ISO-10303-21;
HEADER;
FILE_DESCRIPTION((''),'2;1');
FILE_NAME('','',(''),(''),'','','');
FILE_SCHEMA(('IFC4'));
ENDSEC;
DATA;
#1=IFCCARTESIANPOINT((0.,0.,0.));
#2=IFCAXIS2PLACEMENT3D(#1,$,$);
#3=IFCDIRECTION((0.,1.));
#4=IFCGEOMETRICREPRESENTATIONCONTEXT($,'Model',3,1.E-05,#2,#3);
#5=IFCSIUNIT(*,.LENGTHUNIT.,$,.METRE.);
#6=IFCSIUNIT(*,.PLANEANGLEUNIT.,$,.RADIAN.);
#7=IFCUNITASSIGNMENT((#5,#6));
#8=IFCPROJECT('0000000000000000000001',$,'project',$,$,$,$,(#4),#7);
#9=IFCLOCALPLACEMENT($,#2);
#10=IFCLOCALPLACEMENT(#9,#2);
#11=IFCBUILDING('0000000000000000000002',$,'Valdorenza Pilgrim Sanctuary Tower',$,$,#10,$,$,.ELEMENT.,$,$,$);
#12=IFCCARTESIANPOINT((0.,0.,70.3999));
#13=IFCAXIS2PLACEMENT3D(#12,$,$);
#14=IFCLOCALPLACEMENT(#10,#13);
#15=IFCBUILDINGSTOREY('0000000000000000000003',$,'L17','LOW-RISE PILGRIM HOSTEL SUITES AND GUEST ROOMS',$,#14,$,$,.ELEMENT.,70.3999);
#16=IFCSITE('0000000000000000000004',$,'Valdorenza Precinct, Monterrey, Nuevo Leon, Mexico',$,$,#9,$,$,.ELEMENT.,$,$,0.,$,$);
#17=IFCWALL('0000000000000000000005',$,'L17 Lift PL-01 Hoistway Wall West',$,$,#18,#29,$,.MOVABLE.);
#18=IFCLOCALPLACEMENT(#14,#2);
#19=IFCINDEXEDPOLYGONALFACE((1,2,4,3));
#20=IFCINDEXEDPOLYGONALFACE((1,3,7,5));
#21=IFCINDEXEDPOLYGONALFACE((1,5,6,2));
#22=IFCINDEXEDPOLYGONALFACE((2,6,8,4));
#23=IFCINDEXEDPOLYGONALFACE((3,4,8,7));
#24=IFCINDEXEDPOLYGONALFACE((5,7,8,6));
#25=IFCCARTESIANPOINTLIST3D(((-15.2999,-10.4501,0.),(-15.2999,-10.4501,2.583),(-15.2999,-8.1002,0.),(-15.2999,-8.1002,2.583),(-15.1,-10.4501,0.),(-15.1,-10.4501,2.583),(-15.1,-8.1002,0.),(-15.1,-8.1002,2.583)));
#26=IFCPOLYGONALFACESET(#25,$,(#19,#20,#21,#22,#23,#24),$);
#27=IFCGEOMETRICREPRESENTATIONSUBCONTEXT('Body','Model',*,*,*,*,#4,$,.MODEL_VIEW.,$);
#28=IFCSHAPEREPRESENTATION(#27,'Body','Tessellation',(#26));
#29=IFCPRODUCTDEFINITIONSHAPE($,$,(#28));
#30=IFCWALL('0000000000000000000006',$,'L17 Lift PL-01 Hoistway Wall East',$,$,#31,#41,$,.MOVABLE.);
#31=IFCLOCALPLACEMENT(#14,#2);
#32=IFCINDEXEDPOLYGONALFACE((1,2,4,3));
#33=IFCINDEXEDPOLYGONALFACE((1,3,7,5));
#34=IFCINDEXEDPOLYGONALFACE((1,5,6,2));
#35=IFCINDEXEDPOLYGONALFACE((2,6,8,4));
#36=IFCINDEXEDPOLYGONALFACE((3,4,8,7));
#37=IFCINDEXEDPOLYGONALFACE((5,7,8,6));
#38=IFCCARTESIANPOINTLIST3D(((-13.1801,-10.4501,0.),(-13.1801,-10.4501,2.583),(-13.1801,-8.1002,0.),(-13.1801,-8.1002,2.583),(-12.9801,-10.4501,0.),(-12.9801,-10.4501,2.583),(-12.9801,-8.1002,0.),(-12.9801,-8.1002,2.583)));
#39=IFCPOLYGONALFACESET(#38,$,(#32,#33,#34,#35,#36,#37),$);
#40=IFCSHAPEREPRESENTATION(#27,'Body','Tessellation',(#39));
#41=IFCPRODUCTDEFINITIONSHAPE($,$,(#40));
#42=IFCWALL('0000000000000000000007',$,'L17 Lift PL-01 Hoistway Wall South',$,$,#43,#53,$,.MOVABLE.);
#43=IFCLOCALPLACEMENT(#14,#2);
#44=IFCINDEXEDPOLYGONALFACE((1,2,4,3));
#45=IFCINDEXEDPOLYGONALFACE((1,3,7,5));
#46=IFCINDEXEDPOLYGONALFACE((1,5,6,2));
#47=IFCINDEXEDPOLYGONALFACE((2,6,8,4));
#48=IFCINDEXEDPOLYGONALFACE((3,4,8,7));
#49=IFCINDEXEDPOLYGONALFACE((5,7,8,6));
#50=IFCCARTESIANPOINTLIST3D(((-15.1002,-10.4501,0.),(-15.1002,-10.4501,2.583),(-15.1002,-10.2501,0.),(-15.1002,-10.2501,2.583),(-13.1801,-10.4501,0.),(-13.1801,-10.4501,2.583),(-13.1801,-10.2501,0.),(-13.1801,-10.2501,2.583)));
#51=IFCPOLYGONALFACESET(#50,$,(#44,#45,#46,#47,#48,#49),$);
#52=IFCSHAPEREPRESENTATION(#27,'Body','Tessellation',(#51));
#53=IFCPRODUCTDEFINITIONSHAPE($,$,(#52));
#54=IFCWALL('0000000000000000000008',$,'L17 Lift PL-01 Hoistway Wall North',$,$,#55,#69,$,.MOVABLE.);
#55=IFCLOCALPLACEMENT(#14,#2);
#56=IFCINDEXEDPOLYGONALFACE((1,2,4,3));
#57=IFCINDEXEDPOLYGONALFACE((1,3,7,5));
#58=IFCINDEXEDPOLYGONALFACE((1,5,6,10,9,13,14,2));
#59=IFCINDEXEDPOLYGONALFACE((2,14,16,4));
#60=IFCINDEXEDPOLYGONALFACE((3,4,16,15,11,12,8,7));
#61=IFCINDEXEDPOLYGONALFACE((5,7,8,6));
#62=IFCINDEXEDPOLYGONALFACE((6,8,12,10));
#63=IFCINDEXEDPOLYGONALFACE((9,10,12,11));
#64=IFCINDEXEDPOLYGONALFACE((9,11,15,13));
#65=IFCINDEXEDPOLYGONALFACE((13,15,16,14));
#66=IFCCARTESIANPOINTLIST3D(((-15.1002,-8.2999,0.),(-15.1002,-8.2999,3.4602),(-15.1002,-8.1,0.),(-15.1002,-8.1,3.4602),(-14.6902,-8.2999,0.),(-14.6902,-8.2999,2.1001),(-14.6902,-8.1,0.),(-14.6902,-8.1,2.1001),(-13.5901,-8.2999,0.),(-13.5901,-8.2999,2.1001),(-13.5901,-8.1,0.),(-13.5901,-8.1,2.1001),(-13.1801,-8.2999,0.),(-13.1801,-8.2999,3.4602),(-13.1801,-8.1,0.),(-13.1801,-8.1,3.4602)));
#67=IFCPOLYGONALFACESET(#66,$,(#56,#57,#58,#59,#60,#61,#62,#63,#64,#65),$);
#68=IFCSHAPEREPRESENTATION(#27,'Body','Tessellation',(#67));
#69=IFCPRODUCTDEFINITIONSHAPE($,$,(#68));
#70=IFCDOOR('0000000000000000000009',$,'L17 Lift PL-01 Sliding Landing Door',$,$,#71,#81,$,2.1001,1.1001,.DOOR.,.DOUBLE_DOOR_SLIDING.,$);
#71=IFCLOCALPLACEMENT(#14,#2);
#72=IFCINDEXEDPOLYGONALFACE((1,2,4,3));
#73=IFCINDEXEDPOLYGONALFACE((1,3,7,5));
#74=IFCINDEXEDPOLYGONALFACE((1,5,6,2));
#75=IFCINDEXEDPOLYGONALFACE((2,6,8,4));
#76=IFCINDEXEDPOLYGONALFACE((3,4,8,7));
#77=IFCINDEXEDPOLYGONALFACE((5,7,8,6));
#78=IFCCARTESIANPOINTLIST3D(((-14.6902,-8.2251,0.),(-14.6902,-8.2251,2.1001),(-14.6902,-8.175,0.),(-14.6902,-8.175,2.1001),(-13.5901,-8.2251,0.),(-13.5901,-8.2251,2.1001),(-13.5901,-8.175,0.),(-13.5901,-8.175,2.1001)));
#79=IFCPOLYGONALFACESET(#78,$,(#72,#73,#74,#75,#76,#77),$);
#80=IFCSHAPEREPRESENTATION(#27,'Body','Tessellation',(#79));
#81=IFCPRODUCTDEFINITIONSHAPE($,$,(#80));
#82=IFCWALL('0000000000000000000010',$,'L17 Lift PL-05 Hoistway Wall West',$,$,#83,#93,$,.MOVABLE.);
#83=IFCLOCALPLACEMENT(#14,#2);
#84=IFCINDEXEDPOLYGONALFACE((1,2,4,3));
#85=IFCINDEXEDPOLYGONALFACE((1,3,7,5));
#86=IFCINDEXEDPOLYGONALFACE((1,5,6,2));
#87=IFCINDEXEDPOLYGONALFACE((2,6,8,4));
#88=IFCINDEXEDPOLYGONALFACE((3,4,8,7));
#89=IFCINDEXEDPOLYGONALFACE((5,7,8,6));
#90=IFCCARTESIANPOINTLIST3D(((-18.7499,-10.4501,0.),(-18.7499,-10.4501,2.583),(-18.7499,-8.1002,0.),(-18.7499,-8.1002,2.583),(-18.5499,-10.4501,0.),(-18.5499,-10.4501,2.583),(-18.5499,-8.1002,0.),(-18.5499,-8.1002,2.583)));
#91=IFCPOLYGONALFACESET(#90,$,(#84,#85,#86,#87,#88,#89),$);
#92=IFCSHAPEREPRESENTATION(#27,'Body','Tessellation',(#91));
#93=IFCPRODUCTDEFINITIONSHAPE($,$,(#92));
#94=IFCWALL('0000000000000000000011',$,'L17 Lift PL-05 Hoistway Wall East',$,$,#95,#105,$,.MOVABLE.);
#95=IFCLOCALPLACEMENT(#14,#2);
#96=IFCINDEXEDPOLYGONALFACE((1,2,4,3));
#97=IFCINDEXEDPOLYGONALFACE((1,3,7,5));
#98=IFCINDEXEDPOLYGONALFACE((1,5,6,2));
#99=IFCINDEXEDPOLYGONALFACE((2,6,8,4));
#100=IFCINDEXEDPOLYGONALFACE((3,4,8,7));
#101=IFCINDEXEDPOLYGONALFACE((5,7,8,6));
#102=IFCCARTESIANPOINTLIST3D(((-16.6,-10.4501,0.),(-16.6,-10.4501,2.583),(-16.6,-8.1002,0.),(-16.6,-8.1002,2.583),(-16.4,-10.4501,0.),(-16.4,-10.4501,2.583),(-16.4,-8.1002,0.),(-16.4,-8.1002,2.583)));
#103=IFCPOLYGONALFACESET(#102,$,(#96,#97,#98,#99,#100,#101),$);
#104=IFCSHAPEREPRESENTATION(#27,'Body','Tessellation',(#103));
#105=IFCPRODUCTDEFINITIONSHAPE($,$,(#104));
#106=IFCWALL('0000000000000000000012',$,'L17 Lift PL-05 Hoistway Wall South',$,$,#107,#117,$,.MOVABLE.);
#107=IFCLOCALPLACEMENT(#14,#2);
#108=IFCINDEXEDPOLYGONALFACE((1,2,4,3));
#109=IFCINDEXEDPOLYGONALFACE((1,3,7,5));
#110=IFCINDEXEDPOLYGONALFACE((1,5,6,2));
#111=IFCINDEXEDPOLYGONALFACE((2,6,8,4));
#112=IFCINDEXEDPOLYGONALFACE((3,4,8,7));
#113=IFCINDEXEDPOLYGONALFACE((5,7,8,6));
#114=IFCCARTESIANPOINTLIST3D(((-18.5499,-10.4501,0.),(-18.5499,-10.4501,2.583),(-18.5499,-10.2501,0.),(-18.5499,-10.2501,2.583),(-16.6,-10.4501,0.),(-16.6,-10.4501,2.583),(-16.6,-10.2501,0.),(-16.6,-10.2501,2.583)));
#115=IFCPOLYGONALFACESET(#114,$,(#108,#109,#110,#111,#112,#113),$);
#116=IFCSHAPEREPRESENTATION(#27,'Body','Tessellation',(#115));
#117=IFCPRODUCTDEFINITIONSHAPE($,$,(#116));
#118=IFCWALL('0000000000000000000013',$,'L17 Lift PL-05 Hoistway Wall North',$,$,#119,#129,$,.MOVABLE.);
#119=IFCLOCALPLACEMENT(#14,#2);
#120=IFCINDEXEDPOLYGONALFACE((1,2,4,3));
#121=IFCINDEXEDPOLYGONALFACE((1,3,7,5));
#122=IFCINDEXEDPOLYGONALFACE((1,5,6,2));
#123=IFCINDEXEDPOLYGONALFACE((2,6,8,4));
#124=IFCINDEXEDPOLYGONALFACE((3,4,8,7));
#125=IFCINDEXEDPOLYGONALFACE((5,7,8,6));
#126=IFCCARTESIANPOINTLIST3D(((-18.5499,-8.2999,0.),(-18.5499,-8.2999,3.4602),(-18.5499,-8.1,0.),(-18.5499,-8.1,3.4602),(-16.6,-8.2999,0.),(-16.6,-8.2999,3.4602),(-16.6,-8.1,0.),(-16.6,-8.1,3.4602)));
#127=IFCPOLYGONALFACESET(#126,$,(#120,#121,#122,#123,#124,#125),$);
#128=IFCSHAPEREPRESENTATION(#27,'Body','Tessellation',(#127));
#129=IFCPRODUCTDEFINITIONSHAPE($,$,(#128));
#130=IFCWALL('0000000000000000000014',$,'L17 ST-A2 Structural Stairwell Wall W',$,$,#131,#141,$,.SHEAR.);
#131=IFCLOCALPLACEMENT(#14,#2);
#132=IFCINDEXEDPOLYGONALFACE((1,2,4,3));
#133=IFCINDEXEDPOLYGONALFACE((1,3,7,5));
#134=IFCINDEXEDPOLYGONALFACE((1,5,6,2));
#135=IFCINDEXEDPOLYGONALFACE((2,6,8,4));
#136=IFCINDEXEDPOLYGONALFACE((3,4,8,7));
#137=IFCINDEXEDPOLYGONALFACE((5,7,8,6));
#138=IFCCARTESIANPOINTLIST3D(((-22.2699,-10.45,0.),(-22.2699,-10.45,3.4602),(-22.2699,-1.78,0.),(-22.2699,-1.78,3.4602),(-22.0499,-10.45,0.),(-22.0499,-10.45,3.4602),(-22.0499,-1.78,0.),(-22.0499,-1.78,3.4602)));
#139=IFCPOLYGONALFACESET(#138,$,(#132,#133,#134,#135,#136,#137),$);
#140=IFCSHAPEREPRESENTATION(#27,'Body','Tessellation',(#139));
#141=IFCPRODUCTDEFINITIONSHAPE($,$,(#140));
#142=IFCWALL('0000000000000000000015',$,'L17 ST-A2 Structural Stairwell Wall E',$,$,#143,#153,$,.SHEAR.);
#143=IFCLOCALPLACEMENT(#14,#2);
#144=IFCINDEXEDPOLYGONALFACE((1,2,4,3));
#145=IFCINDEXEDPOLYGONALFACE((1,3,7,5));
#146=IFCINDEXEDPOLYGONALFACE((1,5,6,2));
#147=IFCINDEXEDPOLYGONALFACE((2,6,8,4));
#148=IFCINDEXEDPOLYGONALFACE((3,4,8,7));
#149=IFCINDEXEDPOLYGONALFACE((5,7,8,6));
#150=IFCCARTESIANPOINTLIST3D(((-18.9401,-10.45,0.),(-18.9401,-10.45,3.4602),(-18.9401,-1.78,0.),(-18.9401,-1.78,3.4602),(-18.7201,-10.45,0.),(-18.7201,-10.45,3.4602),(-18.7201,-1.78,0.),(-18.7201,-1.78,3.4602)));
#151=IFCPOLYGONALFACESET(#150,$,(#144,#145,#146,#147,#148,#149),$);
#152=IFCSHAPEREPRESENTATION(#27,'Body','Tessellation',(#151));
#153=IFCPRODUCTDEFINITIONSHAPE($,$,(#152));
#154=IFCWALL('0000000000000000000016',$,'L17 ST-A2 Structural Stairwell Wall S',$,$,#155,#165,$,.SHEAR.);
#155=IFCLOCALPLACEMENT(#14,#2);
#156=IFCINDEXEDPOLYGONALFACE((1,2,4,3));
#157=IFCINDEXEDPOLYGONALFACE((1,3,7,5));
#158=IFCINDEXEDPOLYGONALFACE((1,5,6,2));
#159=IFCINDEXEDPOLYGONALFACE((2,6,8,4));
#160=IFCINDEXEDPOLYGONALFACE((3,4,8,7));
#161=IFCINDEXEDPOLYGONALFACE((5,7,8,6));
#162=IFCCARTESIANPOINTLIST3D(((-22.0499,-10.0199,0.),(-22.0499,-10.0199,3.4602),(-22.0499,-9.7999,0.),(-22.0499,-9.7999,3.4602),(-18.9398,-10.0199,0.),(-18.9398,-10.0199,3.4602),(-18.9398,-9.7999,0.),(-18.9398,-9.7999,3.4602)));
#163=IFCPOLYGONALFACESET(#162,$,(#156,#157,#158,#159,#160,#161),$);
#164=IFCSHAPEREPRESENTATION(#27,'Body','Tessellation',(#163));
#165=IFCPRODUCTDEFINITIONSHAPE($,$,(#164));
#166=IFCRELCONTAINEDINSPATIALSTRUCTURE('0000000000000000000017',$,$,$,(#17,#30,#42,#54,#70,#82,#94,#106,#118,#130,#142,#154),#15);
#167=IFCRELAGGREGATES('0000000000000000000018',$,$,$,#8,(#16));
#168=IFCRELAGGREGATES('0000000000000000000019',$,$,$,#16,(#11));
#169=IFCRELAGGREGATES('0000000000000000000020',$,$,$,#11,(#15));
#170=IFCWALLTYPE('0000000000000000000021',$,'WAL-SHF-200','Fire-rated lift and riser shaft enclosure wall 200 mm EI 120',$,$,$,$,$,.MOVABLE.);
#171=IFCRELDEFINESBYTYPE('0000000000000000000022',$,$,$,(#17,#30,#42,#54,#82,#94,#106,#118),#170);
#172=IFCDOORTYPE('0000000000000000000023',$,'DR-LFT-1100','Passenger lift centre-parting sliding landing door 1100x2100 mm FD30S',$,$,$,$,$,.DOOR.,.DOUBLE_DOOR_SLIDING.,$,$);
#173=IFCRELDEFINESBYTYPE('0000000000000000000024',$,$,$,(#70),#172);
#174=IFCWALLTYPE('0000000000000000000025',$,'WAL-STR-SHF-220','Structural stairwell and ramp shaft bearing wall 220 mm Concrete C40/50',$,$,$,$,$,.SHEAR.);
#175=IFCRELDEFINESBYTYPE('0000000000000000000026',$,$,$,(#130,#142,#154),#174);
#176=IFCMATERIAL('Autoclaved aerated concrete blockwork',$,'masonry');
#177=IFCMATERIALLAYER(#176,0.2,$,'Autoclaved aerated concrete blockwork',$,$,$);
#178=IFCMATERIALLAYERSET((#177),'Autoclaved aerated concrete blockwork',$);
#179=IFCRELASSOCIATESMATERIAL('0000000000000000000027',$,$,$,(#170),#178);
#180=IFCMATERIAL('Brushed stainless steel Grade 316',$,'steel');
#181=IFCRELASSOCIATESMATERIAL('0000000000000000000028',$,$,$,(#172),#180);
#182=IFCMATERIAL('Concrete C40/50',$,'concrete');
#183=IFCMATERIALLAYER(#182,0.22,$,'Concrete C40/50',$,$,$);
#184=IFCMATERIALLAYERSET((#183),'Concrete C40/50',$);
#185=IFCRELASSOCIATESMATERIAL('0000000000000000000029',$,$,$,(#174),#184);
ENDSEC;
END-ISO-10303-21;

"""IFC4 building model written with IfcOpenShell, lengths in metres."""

from ifc_helpers import new_model, si_unit, direction, frame, frame_2d, origin, place, context, subcontext, project, spatial, rectangle, extrude, material, layer, layer_set, type_object, element, fill, save


model = new_model("IFC4")

# Units and contexts
model_context = context("Model", 3, precision=1e-05, world=origin(), true_north=direction((0.0, 1.0)))
body_context = subcontext(model_context, "Body", "Model", "MODEL_VIEW")
ifc_project = project(units=[si_unit("LENGTHUNIT", "METRE"), si_unit("PLANEANGLEUNIT", "RADIAN")], contexts=[model_context])

# Site, building, storey
site_placement = place(None, origin())
site = spatial("IfcSite", under=ifc_project, at=site_placement, Name="Valdorenza Precinct, Monterrey, Nuevo Leon, Mexico", CompositionType="ELEMENT", RefElevation=0.0)
building_placement = place(site_placement, origin())
building = spatial("IfcBuilding", under=site, at=building_placement, Name="Valdorenza Pilgrim Sanctuary Tower", CompositionType="ELEMENT")
storey_placement = place(building_placement, frame((0.0, 0.0, 70.3999)))
storey = spatial("IfcBuildingStorey", under=building, at=storey_placement, Name="L17", Description="LOW-RISE PILGRIM HOSTEL SUITES AND GUEST ROOMS", CompositionType="ELEMENT", Elevation=70.3999)

# Walls
ifc_material_1 = material(Name="Autoclaved aerated concrete blockwork", Category="masonry")
ifc_layer_1 = layer(ifc_material_1, 0.2, Name="Autoclaved aerated concrete blockwork")
ifc_layer_set_1 = layer_set([ifc_layer_1], Name="Autoclaved aerated concrete blockwork")
wall_type_1 = type_object("IfcWallType", Name="WAL-SHF-200", Description="Fire-rated lift and riser shaft enclosure wall 200 mm EI 120", PredefinedType="MOVABLE", material=ifc_layer_set_1)
for number, where, z_axis, x_axis, name in (
    (1, (-15.2, -10.45, 0.0), (0.0, 0.0, 1.0), (0.0, 1.0, 0.0), "L17 Lift PL-01 Hoistway Wall West"),
    (2, (-13.0801, -10.45, 0.0), (0.0, 0.0, 1.0), (0.0, 1.0, 0.0), "L17 Lift PL-01 Hoistway Wall East"),
):
    element("IfcWall", number, at=place(storey_placement, frame(where, z_axis=z_axis, x_axis=x_axis)), inside=storey, type_object=wall_type_1, Name=name, PredefinedType="MOVABLE", context=body_context, shape_type="SweptSolid", body=[
        extrude(rectangle(XDim=2.3499, YDim=0.2, at=frame_2d((1.1748, 0.0))), origin(), (0.0, 0.0, 1.0), 2.583),
    ])
wall_1_placement = place(storey_placement, frame((-15.1001, -10.3501, 0.0), z_axis=(0.0, 0.0, 1.0), x_axis=(1.0, 0.0, 0.0)))
element("IfcWall", 3, at=wall_1_placement, inside=storey, type_object=wall_type_1, Name="L17 Lift PL-01 Hoistway Wall South", PredefinedType="MOVABLE", context=body_context, shape_type="SweptSolid", body=[
    extrude(rectangle(XDim=1.9202, YDim=0.2, at=frame_2d((0.96, 0.0))), origin(), (0.0, 0.0, 1.0), 2.583),
])

# Wall, opening, door
wall_2_placement = place(storey_placement, frame((-15.1001, -8.2, 0.0), z_axis=(0.0, 0.0, 1.0), x_axis=(1.0, 0.0, 0.0)))
wall_2 = element("IfcWall", 4, at=wall_2_placement, inside=storey, type_object=wall_type_1, Name="L17 Lift PL-01 Hoistway Wall North", PredefinedType="MOVABLE", context=body_context, shape_type="SweptSolid", body=[
    extrude(rectangle(XDim=1.9202, YDim=0.2, at=frame_2d((0.96, 0.0))), origin(), (0.0, 0.0, 1.0), 3.4602),
])
opening_1_placement = place(wall_2_placement, frame((0.4099, 0.0, 0.0)))
opening_1 = element("IfcOpeningElement", 5, at=opening_1_placement, cuts=wall_2, PredefinedType="OPENING", context=body_context, shape_type="SweptSolid", body=[
    extrude(rectangle(XDim=1.1001, YDim=2.1001, at=frame_2d((0.55, 1.05))), frame((0.0, 0.1147, 0.0), z_axis=(0.0, -1.0, 0.0), x_axis=(1.0, 0.0, 0.0)), (0.0, 0.0, 1.0), 0.2297),
])
ifc_material_2 = material(Name="Brushed stainless steel Grade 316", Category="steel")
door_type = type_object("IfcDoorType", Name="DR-LFT-1100", Description="Passenger lift centre-parting sliding landing door 1100x2100 mm FD30S", OperationType="DOUBLE_DOOR_SLIDING", PredefinedType="DOOR", material=ifc_material_2)
door_placement = place(opening_1_placement, origin())
door = element("IfcDoor", 6, at=door_placement, inside=storey, type_object=door_type, Name="L17 Lift PL-01 Sliding Landing Door", OperationType="DOUBLE_DOOR_SLIDING", OverallHeight=2.1001, OverallWidth=1.1001, PredefinedType="DOOR", context=body_context, shape_type="SweptSolid", body=[
    extrude(rectangle(XDim=1.1001, YDim=2.1001, at=frame_2d((0.55, 1.05))), frame((0.0, 0.0249, 0.0), z_axis=(0.0, -1.0, 0.0), x_axis=(1.0, 0.0, 0.0)), (0.0, 0.0, 1.0), 0.05),
])
fill(opening_1, door)

# Walls
for number, where, z_axis, x_axis, name in (
    (7, (-18.6499, -10.45, 0.0), (0.0, 0.0, 1.0), (0.0, 1.0, 0.0), "L17 Lift PL-05 Hoistway Wall West"),
    (8, (-16.5, -10.45, 0.0), (0.0, 0.0, 1.0), (0.0, 1.0, 0.0), "L17 Lift PL-05 Hoistway Wall East"),
):
    element("IfcWall", number, at=place(storey_placement, frame(where, z_axis=z_axis, x_axis=x_axis)), inside=storey, type_object=wall_type_1, Name=name, PredefinedType="MOVABLE", context=body_context, shape_type="SweptSolid", body=[
        extrude(rectangle(XDim=2.3499, YDim=0.2, at=frame_2d((1.1748, 0.0))), origin(), (0.0, 0.0, 1.0), 2.583),
    ])
wall_3_placement = place(storey_placement, frame((-18.55, -10.3501, 0.0), z_axis=(0.0, 0.0, 1.0), x_axis=(1.0, 0.0, 0.0)))
element("IfcWall", 9, at=wall_3_placement, inside=storey, type_object=wall_type_1, Name="L17 Lift PL-05 Hoistway Wall South", PredefinedType="MOVABLE", context=body_context, shape_type="SweptSolid", body=[
    extrude(rectangle(XDim=1.95, YDim=0.2, at=frame_2d((0.9751, 0.0))), origin(), (0.0, 0.0, 1.0), 2.583),
])
wall_4_placement = place(storey_placement, frame((-18.55, -8.2, 0.0), z_axis=(0.0, 0.0, 1.0), x_axis=(1.0, 0.0, 0.0)))
element("IfcWall", 10, at=wall_4_placement, inside=storey, type_object=wall_type_1, Name="L17 Lift PL-05 Hoistway Wall North", PredefinedType="MOVABLE", context=body_context, shape_type="SweptSolid", body=[
    extrude(rectangle(XDim=1.95, YDim=0.2, at=frame_2d((0.9751, 0.0))), origin(), (0.0, 0.0, 1.0), 3.4602),
])
ifc_material_3 = material(Name="Concrete C40/50", Category="concrete")
ifc_layer_2 = layer(ifc_material_3, 0.22, Name="Concrete C40/50")
ifc_layer_set_2 = layer_set([ifc_layer_2], Name="Concrete C40/50")
wall_type_2 = type_object("IfcWallType", Name="WAL-STR-SHF-220", Description="Structural stairwell and ramp shaft bearing wall 220 mm Concrete C40/50", PredefinedType="SHEAR", material=ifc_layer_set_2)
for number, where, z_axis, x_axis, name in (
    (11, (-22.1599, -10.45, 0.0), (0.0, 0.0, 1.0), (0.0, 1.0, 0.0), "L17 ST-A2 Structural Stairwell Wall W"),
    (12, (-18.8301, -10.45, 0.0), (0.0, 0.0, 1.0), (0.0, 1.0, 0.0), "L17 ST-A2 Structural Stairwell Wall E"),
):
    element("IfcWall", number, at=place(storey_placement, frame(where, z_axis=z_axis, x_axis=x_axis)), inside=storey, type_object=wall_type_2, Name=name, PredefinedType="SHEAR", context=body_context, shape_type="SweptSolid", body=[
        extrude(rectangle(XDim=8.6699, YDim=0.22, at=frame_2d((4.335, 0.0))), origin(), (0.0, 0.0, 1.0), 3.4602),
    ])
wall_5_placement = place(storey_placement, frame((-22.05, -9.9099, 0.0), z_axis=(0.0, 0.0, 1.0), x_axis=(1.0, 0.0, 0.0)))
element("IfcWall", 13, at=wall_5_placement, inside=storey, type_object=wall_type_2, Name="L17 ST-A2 Structural Stairwell Wall S", PredefinedType="SHEAR", context=body_context, shape_type="SweptSolid", body=[
    extrude(rectangle(XDim=3.1101, YDim=0.22, at=frame_2d((1.5552, 0.0))), origin(), (0.0, 0.0, 1.0), 3.4602),
])

save(model, "model.ifc")
